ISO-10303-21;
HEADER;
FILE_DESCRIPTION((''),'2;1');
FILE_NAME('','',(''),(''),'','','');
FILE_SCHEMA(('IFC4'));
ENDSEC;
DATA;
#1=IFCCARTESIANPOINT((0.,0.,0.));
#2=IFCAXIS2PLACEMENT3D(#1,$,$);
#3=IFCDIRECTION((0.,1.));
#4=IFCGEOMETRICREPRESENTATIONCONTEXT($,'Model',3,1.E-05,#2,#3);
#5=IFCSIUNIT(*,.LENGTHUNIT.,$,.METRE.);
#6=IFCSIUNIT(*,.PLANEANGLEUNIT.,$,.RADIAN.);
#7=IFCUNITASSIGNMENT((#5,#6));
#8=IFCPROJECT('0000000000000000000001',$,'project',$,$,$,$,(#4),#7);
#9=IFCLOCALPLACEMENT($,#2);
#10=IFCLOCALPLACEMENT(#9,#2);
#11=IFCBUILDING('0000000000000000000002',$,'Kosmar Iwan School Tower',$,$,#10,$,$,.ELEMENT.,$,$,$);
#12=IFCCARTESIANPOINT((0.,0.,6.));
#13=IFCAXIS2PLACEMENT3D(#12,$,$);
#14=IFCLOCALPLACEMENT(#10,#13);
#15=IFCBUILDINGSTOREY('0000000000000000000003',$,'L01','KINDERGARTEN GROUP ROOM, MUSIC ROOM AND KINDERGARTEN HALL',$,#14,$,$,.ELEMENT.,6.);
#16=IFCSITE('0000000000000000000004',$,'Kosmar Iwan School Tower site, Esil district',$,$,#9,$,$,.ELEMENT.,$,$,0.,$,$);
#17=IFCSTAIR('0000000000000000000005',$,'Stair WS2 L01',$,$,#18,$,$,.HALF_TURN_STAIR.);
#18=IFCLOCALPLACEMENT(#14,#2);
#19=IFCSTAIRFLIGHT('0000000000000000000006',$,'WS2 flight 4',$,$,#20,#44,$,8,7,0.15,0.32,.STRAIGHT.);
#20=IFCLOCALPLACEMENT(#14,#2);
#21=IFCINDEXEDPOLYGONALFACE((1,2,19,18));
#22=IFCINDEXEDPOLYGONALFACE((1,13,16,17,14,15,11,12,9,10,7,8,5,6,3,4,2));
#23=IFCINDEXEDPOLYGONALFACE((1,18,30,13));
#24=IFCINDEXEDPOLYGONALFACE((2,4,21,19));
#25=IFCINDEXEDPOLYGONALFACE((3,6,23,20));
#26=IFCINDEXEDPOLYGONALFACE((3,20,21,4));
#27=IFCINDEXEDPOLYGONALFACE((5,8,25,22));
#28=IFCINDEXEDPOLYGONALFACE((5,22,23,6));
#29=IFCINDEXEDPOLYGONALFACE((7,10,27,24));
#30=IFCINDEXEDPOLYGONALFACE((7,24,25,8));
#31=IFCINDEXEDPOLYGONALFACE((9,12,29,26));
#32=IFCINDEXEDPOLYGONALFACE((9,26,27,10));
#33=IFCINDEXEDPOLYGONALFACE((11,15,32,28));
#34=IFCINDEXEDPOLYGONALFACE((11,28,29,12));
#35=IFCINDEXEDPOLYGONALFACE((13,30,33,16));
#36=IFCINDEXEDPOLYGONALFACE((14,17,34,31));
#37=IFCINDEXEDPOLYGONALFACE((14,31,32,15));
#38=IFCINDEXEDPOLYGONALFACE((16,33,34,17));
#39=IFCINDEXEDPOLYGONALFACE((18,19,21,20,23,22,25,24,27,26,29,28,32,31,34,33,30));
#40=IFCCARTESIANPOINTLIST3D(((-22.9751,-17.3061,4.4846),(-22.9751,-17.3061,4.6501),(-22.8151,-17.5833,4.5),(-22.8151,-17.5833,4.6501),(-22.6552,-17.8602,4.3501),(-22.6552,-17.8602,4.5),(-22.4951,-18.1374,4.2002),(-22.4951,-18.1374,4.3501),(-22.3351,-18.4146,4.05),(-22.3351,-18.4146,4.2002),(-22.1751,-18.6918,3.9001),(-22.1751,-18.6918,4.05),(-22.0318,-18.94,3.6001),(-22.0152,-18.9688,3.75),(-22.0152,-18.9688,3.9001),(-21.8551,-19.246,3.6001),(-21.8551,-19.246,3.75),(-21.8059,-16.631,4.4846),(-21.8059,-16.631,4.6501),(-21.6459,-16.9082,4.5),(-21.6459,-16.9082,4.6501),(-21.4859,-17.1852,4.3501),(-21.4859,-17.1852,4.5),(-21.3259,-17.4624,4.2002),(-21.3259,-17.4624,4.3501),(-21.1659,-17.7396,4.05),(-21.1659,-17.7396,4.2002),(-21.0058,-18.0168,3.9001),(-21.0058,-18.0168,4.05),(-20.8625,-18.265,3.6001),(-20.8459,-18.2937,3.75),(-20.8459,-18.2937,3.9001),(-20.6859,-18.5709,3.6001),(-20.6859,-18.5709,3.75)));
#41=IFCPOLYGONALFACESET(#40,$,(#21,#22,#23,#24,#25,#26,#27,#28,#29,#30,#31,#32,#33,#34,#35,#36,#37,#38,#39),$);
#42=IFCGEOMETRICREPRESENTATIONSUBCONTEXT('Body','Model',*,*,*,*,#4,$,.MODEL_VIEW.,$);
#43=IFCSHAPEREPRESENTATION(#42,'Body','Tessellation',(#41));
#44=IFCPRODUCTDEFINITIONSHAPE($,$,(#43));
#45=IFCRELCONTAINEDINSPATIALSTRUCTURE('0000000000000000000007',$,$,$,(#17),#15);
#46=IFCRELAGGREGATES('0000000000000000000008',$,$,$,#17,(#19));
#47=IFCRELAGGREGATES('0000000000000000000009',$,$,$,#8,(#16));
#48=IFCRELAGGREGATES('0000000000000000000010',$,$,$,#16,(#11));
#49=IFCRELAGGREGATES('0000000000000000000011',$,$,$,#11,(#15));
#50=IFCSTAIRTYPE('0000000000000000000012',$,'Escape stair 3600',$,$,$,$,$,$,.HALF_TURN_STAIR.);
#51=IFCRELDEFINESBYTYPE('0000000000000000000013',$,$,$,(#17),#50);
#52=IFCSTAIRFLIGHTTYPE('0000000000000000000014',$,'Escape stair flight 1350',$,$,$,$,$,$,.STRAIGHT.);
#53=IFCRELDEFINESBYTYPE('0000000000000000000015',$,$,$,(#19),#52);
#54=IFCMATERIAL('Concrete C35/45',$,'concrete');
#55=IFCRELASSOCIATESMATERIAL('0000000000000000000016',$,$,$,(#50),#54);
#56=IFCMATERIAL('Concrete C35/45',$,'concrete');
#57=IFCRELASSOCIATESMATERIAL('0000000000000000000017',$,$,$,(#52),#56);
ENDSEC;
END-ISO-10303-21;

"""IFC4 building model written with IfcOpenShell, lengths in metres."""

from ifc_helpers import new_model, si_unit, direction, frame, origin, place, context, subcontext, project, spatial, polyline, outline, extrude, material, type_object, element, aggregate, save


model = new_model("IFC4")

# Units and contexts
model_context = context("Model", 3, precision=1e-05, world=origin(), true_north=direction((0.0, 1.0)))
body_context = subcontext(model_context, "Body", "Model", "MODEL_VIEW")
ifc_project = project(units=[si_unit("LENGTHUNIT", "METRE"), si_unit("PLANEANGLEUNIT", "RADIAN")], contexts=[model_context])

# Site, building, storey
site_placement = place(None, origin())
site = spatial("IfcSite", under=ifc_project, at=site_placement, Name="Kosmar Iwan School Tower site, Esil district", CompositionType="ELEMENT", RefElevation=0.0)
building_placement = place(site_placement, origin())
building = spatial("IfcBuilding", under=site, at=building_placement, Name="Kosmar Iwan School Tower", CompositionType="ELEMENT")
storey_placement = place(building_placement, frame((0.0, 0.0, 6.0)))
storey = spatial("IfcBuildingStorey", under=building, at=storey_placement, Name="L01", Description="KINDERGARTEN GROUP ROOM, MUSIC ROOM AND KINDERGARTEN HALL", CompositionType="ELEMENT", Elevation=6.0)

# Stair, stair flight
ifc_material_1 = material(Name="Concrete C35/45", Category="concrete")
stair_type = type_object("IfcStairType", Name="Escape stair 3600", PredefinedType="HALF_TURN_STAIR", material=ifc_material_1)
stair_placement = place(storey_placement, origin())
stair = element("IfcStair", 1, at=stair_placement, inside=storey, type_object=stair_type, Name="Stair WS2 L01", PredefinedType="HALF_TURN_STAIR")
ifc_material_2 = material(Name="Concrete C35/45", Category="concrete")
stair_flight_type = type_object("IfcStairFlightType", Name="Escape stair flight 1350", PredefinedType="STRAIGHT", material=ifc_material_2)
stair_flight_1_placement = place(storey_placement, frame((-21.2705, -18.9084, 3.6001), z_axis=(0.0, 0.0, 1.0), x_axis=(-0.5, 0.866025, 0.0)))
stair_flight_1 = element("IfcStairFlight", 2, at=stair_flight_1_placement, type_object=stair_flight_type, Name="WS2 flight 4", NumberOfRisers=8, NumberOfTreads=7, PredefinedType="STRAIGHT", RiserHeight=0.15, TreadLength=0.32, context=body_context, shape_type="SweptSolid", body=[
    extrude(outline(polyline([(0.0, 0.0), (0.0, 0.1499), (0.3201, 0.1499), (0.3201, 0.3), (0.6399, 0.3), (0.6399, 0.45), (0.96, 0.45), (0.96, 0.6001), (1.28, 0.6001), (1.28, 0.75), (1.6001, 0.75), (1.6001, 0.8999), (1.9199, 0.8999), (1.9199, 1.05), (2.24, 1.05), (2.24, 1.2), (2.24, 0.8845), (0.3533, 0.0), (0.0, 0.0)])), frame((0.0, 0.675, 0.0), z_axis=(0.0, -1.0, 0.0), x_axis=(1.0, 0.0, 0.0)), (0.0, 0.0, 1.0), 1.3501),
])
aggregate(stair, [stair_flight_1])

save(model, "model.ifc")
